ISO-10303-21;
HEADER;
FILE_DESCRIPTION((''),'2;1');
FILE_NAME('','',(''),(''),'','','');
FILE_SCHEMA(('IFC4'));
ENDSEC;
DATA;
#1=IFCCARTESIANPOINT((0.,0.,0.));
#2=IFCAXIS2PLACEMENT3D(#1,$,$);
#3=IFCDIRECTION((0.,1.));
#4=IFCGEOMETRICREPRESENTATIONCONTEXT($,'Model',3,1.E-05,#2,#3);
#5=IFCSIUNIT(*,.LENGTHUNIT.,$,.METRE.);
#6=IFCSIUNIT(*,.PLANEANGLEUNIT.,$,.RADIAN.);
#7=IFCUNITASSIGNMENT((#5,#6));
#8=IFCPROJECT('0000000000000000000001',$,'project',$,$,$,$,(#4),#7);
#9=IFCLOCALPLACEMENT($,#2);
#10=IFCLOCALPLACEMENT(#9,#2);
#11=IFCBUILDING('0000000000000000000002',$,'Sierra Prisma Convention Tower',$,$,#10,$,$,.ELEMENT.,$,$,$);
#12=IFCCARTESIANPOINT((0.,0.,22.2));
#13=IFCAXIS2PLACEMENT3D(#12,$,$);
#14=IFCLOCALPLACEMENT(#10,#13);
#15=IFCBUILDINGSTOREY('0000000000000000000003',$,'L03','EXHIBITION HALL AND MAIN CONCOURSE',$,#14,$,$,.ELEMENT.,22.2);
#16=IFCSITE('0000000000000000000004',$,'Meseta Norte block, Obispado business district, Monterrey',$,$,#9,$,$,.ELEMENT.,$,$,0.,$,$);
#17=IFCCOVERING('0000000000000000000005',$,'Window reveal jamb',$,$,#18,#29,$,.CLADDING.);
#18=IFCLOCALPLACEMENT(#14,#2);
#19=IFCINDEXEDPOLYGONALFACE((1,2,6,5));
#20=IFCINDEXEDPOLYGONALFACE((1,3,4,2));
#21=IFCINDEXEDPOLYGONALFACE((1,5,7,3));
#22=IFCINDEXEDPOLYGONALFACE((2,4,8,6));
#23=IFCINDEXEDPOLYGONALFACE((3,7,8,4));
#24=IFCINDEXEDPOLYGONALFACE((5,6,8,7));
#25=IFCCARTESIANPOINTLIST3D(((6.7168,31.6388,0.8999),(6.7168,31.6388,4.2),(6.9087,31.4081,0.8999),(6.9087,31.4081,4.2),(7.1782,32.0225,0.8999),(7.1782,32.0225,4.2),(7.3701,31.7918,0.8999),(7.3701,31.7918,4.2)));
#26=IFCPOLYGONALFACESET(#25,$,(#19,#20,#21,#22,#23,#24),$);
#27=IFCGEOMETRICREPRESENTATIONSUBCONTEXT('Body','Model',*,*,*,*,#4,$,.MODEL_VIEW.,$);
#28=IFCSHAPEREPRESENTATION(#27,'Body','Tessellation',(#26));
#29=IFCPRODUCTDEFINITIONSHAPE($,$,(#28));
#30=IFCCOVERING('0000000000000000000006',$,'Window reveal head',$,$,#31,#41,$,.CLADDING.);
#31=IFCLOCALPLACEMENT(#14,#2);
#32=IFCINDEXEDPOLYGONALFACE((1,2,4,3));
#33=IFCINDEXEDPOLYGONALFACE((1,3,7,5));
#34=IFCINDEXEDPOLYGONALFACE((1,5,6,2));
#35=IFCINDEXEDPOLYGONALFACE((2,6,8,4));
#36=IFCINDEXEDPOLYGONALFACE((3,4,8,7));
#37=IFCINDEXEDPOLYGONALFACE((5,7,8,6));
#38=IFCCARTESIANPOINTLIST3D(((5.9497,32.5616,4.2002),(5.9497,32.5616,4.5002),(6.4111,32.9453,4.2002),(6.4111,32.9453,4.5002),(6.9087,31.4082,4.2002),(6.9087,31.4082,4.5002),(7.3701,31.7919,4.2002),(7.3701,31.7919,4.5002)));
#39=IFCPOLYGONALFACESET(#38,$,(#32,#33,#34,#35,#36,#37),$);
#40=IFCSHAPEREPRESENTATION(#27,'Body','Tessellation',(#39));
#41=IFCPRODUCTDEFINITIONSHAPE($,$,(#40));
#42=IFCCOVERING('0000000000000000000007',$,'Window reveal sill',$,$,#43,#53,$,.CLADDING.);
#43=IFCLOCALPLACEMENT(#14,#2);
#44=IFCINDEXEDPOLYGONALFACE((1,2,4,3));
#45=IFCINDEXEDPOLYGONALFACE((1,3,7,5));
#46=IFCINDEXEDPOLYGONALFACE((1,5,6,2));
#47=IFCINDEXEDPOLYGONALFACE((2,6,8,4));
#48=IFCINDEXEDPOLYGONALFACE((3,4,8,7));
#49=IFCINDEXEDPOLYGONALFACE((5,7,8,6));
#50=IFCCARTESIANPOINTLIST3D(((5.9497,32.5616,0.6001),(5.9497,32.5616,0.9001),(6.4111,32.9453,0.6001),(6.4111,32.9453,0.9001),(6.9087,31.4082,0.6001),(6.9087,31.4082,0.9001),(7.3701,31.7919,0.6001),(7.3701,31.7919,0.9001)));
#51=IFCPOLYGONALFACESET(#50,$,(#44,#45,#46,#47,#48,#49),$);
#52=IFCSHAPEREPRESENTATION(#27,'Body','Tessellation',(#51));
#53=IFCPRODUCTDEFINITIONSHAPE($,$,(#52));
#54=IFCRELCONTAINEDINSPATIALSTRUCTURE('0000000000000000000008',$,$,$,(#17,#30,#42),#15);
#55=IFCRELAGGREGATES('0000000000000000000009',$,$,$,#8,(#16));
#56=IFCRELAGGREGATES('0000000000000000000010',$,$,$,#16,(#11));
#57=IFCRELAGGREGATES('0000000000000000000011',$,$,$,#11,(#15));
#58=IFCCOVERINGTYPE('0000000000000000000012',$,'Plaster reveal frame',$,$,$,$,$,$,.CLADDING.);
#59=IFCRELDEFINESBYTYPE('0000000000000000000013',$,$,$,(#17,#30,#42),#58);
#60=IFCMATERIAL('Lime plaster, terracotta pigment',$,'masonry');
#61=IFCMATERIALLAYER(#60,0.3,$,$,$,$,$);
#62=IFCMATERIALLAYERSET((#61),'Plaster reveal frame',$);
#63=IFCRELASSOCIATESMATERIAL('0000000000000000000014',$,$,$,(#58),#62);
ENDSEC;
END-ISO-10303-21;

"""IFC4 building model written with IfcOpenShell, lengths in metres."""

from ifc_helpers import new_model, si_unit, direction, frame, origin, origin_2d, place, context, subcontext, project, spatial, rectangle, extrude, material, layer, layer_set, type_object, element, save


model = new_model("IFC4")

# Units and contexts
model_context = context("Model", 3, precision=1e-05, world=origin(), true_north=direction((0.0, 1.0)))
body_context = subcontext(model_context, "Body", "Model", "MODEL_VIEW")
ifc_project = project(units=[si_unit("LENGTHUNIT", "METRE"), si_unit("PLANEANGLEUNIT", "RADIAN")], contexts=[model_context])

# Site, building, storey
site_placement = place(None, origin())
site = spatial("IfcSite", under=ifc_project, at=site_placement, Name="Meseta Norte block, Obispado business district, Monterrey", CompositionType="ELEMENT", RefElevation=0.0)
building_placement = place(site_placement, origin())
building = spatial("IfcBuilding", under=site, at=building_placement, Name="Sierra Prisma Convention Tower", CompositionType="ELEMENT")
storey_placement = place(building_placement, frame((0.0, 0.0, 22.2)))
storey = spatial("IfcBuildingStorey", under=building, at=storey_placement, Name="L03", Description="EXHIBITION HALL AND MAIN CONCOURSE", CompositionType="ELEMENT", Elevation=22.2)

# Coverings
ifc_material_1 = material(Name="Lime plaster, terracotta pigment", Category="masonry")
ifc_layer_1 = layer(ifc_material_1, 0.3)
ifc_layer_set_1 = layer_set([ifc_layer_1], Name="Plaster reveal frame")
covering_type = type_object("IfcCoveringType", Name="Plaster reveal frame", PredefinedType="CLADDING", material=ifc_layer_set_1)
for number, where, z_axis, x_axis, name in (
    (1, (7.0435, 31.7153, 0.8999), (0.0, 0.0, 1.0), (0.639358, -0.768909, 0.0), "Window reveal jamb"),
):
    element("IfcCovering", number, at=place(storey_placement, frame(where, z_axis=z_axis, x_axis=x_axis)), inside=storey, type_object=covering_type, Name=name, PredefinedType="CLADDING", context=body_context, shape_type="SweptSolid", body=[
        extrude(rectangle(XDim=0.3, YDim=0.6001, at=origin_2d()), origin(), (0.0, 0.0, 1.0), 3.3),
    ])
for number, where, z_axis, x_axis, name in (
    (2, (6.6599, 32.1768, 4.2002), (0.0, 0.0, 1.0), (0.639358, -0.768909, 0.0), "Window reveal head"),
    (3, (6.6599, 32.1768, 0.6001), (0.0, 0.0, 1.0), (0.639358, -0.768909, 0.0), "Window reveal sill"),
):
    element("IfcCovering", number, at=place(storey_placement, frame(where, z_axis=z_axis, x_axis=x_axis)), inside=storey, type_object=covering_type, Name=name, PredefinedType="CLADDING", context=body_context, shape_type="SweptSolid", body=[
        extrude(rectangle(XDim=1.5, YDim=0.6001, at=origin_2d()), origin(), (0.0, 0.0, 1.0), 0.3),
    ])

save(model, "model.ifc")
